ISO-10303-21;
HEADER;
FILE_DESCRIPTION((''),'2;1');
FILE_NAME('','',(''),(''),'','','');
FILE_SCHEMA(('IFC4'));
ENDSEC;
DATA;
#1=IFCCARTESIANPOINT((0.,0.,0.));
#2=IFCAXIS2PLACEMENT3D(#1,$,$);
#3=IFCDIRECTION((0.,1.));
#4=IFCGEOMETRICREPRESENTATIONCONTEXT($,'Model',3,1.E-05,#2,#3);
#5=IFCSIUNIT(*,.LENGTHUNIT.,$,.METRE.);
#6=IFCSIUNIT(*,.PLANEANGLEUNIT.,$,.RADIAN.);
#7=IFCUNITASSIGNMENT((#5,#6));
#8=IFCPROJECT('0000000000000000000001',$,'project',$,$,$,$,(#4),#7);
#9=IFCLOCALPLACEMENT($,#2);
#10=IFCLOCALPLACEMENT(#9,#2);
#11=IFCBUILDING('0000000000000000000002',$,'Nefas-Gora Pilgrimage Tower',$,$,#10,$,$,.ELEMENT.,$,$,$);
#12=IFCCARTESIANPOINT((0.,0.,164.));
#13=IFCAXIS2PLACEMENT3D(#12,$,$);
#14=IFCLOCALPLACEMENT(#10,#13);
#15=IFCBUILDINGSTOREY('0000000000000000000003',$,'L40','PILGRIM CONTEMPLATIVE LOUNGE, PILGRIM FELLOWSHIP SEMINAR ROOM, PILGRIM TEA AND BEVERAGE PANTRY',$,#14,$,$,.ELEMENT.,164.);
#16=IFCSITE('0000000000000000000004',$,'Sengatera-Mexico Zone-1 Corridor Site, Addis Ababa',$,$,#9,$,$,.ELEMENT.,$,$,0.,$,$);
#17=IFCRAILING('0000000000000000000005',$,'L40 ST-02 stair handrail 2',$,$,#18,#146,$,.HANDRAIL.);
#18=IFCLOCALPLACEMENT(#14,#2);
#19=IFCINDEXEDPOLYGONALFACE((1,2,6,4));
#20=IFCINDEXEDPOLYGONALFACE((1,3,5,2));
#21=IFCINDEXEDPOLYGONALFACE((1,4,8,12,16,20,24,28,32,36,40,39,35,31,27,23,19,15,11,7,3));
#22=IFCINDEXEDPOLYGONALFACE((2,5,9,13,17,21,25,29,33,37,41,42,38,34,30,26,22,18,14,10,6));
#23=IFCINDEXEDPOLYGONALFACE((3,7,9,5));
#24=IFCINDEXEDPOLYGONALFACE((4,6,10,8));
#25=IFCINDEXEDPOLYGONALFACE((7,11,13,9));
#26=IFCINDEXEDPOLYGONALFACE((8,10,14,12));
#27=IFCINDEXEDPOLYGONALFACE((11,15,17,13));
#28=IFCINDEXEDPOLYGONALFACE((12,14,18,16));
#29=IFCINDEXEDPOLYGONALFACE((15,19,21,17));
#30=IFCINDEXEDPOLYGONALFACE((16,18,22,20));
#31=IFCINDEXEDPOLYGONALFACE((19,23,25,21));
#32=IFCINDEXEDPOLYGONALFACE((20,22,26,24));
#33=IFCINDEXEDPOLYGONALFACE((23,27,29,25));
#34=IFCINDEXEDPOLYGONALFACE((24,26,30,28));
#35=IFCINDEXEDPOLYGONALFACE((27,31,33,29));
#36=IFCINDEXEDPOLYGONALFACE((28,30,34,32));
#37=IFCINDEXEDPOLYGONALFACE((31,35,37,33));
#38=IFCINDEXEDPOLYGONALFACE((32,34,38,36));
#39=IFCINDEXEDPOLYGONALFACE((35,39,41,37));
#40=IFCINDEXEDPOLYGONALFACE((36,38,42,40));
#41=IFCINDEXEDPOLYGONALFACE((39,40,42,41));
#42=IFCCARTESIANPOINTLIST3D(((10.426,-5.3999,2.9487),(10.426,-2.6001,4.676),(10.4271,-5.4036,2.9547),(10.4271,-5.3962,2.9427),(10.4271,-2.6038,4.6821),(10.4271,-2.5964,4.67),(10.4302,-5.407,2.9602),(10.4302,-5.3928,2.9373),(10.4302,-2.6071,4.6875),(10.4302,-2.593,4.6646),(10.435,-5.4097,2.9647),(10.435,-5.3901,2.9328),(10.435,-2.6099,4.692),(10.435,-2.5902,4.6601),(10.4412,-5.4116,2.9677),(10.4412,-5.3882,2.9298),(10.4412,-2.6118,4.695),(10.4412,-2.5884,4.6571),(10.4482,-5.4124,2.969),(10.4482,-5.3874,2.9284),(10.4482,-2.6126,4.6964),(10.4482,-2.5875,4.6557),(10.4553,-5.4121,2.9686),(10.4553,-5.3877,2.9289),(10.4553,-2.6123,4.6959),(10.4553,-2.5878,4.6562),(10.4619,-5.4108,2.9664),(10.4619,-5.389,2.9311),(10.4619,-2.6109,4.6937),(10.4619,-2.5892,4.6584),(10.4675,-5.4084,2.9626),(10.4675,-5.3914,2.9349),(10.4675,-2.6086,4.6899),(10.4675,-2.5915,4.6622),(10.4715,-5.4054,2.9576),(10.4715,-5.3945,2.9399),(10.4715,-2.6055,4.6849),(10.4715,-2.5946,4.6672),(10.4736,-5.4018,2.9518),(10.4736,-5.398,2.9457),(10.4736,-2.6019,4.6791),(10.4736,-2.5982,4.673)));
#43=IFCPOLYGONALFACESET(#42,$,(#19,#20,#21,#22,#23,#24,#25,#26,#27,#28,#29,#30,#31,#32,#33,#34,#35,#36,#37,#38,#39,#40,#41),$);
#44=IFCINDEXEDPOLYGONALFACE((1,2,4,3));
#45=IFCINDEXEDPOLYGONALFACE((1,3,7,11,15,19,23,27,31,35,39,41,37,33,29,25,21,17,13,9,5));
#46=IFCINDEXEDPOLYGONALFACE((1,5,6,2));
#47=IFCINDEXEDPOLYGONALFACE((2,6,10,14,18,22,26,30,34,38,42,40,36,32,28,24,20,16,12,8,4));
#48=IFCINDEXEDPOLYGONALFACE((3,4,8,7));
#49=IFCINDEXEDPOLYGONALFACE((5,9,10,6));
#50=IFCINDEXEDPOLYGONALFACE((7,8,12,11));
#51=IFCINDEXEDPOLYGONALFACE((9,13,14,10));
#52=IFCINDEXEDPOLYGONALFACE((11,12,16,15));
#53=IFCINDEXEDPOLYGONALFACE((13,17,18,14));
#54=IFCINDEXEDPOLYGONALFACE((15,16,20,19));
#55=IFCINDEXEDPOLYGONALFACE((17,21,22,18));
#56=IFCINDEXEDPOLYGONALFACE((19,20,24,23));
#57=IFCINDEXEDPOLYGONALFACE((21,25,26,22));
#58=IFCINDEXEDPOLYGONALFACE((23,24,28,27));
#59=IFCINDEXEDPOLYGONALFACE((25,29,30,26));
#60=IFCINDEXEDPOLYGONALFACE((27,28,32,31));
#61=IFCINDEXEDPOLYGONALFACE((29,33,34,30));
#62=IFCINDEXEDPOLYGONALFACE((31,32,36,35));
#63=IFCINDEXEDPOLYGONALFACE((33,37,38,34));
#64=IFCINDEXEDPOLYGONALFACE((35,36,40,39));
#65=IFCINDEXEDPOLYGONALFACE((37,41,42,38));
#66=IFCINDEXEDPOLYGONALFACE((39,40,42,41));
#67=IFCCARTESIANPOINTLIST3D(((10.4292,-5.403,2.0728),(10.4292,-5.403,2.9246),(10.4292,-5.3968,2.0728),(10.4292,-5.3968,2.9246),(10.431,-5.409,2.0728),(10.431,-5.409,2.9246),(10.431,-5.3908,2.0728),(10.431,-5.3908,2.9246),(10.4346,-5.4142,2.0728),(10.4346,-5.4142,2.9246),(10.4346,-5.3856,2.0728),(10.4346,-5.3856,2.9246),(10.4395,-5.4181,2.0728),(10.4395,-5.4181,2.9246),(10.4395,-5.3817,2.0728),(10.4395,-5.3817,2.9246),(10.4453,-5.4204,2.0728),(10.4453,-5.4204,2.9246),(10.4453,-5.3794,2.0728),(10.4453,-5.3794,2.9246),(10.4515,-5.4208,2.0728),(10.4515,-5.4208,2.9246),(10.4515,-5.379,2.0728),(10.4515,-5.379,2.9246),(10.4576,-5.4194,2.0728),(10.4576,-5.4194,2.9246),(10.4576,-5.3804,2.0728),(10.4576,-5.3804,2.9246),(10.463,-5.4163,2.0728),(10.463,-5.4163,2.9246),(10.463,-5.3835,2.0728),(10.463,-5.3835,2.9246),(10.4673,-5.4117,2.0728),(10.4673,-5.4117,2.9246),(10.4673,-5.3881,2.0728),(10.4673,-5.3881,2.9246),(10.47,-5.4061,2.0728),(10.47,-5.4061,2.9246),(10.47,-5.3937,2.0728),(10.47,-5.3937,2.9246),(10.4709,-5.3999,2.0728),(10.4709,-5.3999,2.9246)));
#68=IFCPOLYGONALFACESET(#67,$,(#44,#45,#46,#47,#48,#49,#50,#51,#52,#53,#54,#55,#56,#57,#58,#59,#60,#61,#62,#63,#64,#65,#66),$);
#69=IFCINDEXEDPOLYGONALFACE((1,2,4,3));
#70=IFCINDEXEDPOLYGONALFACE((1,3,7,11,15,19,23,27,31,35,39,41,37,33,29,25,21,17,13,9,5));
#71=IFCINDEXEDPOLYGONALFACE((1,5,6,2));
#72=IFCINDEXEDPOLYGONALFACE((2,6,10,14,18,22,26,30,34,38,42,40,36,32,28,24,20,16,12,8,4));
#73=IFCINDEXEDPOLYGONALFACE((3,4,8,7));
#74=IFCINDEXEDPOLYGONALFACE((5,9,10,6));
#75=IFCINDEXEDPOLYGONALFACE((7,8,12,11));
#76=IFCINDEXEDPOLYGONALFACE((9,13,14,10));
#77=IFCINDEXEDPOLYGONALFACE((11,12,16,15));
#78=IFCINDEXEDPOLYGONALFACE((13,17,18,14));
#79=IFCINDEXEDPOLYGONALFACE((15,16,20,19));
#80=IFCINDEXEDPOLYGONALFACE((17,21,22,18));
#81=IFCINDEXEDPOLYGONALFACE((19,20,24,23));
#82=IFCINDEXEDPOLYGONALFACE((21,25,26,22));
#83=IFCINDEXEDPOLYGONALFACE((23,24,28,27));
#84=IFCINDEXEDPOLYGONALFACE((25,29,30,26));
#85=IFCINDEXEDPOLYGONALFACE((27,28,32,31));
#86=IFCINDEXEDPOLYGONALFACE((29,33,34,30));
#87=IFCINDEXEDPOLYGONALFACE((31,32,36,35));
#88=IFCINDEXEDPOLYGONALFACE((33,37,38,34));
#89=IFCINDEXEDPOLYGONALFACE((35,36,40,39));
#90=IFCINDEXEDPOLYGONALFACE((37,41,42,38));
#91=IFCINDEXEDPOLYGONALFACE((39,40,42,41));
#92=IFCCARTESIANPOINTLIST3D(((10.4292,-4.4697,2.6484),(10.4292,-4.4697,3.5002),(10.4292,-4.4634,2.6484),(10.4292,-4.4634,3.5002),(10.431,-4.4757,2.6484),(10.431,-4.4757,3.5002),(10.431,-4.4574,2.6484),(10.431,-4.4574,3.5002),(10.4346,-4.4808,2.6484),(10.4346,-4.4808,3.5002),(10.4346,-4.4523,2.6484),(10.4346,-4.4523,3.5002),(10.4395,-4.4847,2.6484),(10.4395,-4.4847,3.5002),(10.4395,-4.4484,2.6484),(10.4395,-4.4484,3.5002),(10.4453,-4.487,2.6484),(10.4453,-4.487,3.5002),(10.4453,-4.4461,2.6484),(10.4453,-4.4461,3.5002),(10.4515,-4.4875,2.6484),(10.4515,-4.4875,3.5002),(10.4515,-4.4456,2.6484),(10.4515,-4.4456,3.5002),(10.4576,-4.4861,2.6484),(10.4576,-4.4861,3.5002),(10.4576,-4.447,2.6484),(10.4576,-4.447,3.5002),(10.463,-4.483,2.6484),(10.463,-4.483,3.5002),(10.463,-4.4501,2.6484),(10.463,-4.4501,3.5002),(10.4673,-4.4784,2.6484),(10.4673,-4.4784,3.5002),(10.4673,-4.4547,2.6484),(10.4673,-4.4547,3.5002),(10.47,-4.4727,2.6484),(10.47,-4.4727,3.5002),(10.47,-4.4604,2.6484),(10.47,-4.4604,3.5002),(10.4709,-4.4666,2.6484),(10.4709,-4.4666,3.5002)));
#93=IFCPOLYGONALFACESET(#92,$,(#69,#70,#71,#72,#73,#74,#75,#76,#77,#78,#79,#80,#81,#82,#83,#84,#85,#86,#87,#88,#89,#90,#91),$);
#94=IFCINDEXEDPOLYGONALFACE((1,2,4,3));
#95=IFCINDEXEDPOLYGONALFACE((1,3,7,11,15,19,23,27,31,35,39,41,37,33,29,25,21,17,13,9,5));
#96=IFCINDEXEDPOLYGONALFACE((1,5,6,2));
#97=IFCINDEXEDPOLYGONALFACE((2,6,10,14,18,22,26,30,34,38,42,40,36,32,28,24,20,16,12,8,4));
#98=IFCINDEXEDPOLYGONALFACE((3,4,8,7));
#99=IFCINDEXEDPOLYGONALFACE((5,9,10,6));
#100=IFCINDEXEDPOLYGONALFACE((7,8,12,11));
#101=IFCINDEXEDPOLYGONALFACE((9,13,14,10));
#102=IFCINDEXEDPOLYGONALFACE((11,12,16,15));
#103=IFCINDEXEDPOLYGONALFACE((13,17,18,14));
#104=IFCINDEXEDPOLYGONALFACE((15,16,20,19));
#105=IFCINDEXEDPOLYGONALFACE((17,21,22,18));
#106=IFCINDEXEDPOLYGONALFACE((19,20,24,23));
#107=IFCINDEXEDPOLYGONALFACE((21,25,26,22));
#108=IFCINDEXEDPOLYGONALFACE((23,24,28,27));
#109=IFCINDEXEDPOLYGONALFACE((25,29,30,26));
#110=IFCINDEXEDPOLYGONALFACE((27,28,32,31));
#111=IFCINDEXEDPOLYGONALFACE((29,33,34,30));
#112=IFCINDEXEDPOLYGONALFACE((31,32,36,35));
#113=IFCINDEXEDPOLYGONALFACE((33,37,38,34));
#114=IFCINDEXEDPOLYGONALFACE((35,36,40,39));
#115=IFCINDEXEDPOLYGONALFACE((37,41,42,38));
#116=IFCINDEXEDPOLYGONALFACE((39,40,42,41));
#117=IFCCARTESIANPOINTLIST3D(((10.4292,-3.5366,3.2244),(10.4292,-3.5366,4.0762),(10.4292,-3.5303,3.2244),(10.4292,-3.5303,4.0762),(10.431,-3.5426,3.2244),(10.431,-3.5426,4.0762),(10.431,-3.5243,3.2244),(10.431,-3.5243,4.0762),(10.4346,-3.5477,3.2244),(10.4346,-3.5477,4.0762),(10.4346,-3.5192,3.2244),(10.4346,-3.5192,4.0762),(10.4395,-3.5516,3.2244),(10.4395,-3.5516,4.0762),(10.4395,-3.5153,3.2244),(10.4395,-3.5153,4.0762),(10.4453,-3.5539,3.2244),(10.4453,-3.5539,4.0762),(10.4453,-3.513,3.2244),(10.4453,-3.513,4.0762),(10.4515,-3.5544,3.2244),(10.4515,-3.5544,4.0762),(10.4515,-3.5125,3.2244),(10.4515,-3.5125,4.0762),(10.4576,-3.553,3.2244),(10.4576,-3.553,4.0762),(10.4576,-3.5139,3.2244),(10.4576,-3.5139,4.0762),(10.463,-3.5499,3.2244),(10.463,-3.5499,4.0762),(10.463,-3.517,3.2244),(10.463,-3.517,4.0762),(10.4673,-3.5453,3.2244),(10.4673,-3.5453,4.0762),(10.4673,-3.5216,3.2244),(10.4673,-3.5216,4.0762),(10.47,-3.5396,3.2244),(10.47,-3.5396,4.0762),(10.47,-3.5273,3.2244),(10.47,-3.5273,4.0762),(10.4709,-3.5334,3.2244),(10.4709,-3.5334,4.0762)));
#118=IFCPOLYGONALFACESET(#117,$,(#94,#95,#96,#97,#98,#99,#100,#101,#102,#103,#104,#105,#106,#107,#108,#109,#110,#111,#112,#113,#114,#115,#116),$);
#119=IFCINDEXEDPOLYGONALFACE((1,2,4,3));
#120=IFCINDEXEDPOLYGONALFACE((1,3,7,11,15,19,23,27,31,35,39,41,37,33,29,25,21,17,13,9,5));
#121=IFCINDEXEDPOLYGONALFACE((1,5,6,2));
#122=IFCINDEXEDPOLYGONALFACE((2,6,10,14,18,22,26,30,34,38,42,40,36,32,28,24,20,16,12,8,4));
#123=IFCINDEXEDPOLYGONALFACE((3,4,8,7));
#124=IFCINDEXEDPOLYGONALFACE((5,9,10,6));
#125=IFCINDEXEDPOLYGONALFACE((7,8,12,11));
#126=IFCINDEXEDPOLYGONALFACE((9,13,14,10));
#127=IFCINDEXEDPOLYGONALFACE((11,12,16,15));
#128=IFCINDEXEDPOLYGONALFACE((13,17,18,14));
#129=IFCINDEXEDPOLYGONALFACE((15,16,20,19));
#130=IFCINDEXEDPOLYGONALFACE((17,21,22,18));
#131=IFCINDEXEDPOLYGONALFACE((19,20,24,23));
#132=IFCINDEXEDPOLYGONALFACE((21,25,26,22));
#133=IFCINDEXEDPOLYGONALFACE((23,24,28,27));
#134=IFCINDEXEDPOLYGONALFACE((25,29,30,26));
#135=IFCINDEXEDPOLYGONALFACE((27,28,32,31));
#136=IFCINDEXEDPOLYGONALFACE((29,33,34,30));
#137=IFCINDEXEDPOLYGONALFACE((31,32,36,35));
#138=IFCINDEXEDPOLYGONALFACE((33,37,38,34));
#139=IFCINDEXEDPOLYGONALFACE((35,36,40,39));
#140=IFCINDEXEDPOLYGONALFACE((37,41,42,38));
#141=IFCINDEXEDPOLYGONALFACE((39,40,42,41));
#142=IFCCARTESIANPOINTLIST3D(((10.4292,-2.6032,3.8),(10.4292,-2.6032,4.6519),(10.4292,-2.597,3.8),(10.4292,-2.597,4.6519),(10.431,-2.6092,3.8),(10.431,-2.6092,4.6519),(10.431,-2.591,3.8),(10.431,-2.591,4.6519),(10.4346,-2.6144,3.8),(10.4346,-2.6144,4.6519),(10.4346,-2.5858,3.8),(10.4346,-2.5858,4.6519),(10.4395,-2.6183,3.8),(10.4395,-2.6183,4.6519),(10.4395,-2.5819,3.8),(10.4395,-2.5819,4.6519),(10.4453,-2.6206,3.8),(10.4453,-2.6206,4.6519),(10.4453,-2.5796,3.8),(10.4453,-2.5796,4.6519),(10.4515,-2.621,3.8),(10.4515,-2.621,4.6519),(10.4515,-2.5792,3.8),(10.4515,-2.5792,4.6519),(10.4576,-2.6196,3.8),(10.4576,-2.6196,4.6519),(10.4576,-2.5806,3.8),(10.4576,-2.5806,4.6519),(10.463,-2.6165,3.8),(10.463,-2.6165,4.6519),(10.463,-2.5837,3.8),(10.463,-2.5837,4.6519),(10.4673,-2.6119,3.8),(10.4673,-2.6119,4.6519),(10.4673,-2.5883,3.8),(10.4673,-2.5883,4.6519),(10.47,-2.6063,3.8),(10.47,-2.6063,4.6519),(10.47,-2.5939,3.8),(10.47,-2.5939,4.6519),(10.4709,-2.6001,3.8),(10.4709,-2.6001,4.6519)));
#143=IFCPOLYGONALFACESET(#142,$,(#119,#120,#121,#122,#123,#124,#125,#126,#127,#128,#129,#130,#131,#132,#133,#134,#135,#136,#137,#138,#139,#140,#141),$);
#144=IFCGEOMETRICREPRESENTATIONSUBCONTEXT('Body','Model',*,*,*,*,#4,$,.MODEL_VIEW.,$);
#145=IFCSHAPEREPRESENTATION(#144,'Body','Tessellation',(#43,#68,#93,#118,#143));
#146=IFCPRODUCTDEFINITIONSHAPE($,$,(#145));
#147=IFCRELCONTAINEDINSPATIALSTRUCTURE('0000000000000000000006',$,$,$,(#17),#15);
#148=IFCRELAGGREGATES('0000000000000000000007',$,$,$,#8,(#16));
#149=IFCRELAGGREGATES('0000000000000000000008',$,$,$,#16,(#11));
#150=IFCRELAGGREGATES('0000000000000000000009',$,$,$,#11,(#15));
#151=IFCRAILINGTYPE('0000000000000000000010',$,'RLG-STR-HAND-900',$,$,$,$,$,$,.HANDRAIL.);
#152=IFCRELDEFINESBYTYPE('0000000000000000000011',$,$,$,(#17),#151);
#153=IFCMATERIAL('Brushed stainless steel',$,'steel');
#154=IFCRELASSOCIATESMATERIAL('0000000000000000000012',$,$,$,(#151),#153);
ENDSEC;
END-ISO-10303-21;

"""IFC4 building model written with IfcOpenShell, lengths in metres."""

from ifc_helpers import new_model, si_unit, direction, frame, origin, origin_2d, place, context, subcontext, project, spatial, circle, extrude, material, type_object, element, save


model = new_model("IFC4")

# Units and contexts
model_context = context("Model", 3, precision=1e-05, world=origin(), true_north=direction((0.0, 1.0)))
body_context = subcontext(model_context, "Body", "Model", "MODEL_VIEW")
ifc_project = project(units=[si_unit("LENGTHUNIT", "METRE"), si_unit("PLANEANGLEUNIT", "RADIAN")], contexts=[model_context])

# Site, building, storey
site_placement = place(None, origin())
site = spatial("IfcSite", under=ifc_project, at=site_placement, Name="Sengatera-Mexico Zone-1 Corridor Site, Addis Ababa", CompositionType="ELEMENT", RefElevation=0.0)
building_placement = place(site_placement, origin())
building = spatial("IfcBuilding", under=site, at=building_placement, Name="Nefas-Gora Pilgrimage Tower", CompositionType="ELEMENT")
storey_placement = place(building_placement, frame((0.0, 0.0, 164.0)))
storey = spatial("IfcBuildingStorey", under=building, at=storey_placement, Name="L40", Description="PILGRIM CONTEMPLATIVE LOUNGE, PILGRIM FELLOWSHIP SEMINAR ROOM, PILGRIM TEA AND BEVERAGE PANTRY", CompositionType="ELEMENT", Elevation=164.0)

# Railing
ifc_material_1 = material(Name="Brushed stainless steel", Category="steel")
railing_type_1 = type_object("IfcRailingType", Name="RLG-STR-HAND-900", PredefinedType="HANDRAIL", material=ifc_material_1)
railing_1_placement = place(storey_placement, frame((10.45, -5.3999, 2.0728)))
element("IfcRailing", 1, at=railing_1_placement, inside=storey, type_object=railing_type_1, Name="L40 ST-02 stair handrail 2", PredefinedType="HANDRAIL", context=body_context, shape_type="SweptSolid", body=[
    extrude(circle(Radius=0.0239, at=origin_2d()), frame((0.0, 0.0, 0.876), z_axis=(0.0, 0.851069, 0.525054), x_axis=(-1.0, 0.0, 0.0)), (0.0, 0.0, 1.0), 3.2898),
    extrude(circle(Radius=0.021, at=origin_2d()), origin(), (0.0, 0.0, 1.0), 0.8518),
    extrude(circle(Radius=0.021, at=origin_2d()), frame((0.0, 0.9333, 0.5757)), (0.0, 0.0, 1.0), 0.8518),
    extrude(circle(Radius=0.021, at=origin_2d()), frame((0.0, 1.8665, 1.1516)), (0.0, 0.0, 1.0), 0.8518),
    extrude(circle(Radius=0.021, at=origin_2d()), frame((0.0, 2.7998, 1.7273)), (0.0, 0.0, 1.0), 0.8518),
])

save(model, "model.ifc")
